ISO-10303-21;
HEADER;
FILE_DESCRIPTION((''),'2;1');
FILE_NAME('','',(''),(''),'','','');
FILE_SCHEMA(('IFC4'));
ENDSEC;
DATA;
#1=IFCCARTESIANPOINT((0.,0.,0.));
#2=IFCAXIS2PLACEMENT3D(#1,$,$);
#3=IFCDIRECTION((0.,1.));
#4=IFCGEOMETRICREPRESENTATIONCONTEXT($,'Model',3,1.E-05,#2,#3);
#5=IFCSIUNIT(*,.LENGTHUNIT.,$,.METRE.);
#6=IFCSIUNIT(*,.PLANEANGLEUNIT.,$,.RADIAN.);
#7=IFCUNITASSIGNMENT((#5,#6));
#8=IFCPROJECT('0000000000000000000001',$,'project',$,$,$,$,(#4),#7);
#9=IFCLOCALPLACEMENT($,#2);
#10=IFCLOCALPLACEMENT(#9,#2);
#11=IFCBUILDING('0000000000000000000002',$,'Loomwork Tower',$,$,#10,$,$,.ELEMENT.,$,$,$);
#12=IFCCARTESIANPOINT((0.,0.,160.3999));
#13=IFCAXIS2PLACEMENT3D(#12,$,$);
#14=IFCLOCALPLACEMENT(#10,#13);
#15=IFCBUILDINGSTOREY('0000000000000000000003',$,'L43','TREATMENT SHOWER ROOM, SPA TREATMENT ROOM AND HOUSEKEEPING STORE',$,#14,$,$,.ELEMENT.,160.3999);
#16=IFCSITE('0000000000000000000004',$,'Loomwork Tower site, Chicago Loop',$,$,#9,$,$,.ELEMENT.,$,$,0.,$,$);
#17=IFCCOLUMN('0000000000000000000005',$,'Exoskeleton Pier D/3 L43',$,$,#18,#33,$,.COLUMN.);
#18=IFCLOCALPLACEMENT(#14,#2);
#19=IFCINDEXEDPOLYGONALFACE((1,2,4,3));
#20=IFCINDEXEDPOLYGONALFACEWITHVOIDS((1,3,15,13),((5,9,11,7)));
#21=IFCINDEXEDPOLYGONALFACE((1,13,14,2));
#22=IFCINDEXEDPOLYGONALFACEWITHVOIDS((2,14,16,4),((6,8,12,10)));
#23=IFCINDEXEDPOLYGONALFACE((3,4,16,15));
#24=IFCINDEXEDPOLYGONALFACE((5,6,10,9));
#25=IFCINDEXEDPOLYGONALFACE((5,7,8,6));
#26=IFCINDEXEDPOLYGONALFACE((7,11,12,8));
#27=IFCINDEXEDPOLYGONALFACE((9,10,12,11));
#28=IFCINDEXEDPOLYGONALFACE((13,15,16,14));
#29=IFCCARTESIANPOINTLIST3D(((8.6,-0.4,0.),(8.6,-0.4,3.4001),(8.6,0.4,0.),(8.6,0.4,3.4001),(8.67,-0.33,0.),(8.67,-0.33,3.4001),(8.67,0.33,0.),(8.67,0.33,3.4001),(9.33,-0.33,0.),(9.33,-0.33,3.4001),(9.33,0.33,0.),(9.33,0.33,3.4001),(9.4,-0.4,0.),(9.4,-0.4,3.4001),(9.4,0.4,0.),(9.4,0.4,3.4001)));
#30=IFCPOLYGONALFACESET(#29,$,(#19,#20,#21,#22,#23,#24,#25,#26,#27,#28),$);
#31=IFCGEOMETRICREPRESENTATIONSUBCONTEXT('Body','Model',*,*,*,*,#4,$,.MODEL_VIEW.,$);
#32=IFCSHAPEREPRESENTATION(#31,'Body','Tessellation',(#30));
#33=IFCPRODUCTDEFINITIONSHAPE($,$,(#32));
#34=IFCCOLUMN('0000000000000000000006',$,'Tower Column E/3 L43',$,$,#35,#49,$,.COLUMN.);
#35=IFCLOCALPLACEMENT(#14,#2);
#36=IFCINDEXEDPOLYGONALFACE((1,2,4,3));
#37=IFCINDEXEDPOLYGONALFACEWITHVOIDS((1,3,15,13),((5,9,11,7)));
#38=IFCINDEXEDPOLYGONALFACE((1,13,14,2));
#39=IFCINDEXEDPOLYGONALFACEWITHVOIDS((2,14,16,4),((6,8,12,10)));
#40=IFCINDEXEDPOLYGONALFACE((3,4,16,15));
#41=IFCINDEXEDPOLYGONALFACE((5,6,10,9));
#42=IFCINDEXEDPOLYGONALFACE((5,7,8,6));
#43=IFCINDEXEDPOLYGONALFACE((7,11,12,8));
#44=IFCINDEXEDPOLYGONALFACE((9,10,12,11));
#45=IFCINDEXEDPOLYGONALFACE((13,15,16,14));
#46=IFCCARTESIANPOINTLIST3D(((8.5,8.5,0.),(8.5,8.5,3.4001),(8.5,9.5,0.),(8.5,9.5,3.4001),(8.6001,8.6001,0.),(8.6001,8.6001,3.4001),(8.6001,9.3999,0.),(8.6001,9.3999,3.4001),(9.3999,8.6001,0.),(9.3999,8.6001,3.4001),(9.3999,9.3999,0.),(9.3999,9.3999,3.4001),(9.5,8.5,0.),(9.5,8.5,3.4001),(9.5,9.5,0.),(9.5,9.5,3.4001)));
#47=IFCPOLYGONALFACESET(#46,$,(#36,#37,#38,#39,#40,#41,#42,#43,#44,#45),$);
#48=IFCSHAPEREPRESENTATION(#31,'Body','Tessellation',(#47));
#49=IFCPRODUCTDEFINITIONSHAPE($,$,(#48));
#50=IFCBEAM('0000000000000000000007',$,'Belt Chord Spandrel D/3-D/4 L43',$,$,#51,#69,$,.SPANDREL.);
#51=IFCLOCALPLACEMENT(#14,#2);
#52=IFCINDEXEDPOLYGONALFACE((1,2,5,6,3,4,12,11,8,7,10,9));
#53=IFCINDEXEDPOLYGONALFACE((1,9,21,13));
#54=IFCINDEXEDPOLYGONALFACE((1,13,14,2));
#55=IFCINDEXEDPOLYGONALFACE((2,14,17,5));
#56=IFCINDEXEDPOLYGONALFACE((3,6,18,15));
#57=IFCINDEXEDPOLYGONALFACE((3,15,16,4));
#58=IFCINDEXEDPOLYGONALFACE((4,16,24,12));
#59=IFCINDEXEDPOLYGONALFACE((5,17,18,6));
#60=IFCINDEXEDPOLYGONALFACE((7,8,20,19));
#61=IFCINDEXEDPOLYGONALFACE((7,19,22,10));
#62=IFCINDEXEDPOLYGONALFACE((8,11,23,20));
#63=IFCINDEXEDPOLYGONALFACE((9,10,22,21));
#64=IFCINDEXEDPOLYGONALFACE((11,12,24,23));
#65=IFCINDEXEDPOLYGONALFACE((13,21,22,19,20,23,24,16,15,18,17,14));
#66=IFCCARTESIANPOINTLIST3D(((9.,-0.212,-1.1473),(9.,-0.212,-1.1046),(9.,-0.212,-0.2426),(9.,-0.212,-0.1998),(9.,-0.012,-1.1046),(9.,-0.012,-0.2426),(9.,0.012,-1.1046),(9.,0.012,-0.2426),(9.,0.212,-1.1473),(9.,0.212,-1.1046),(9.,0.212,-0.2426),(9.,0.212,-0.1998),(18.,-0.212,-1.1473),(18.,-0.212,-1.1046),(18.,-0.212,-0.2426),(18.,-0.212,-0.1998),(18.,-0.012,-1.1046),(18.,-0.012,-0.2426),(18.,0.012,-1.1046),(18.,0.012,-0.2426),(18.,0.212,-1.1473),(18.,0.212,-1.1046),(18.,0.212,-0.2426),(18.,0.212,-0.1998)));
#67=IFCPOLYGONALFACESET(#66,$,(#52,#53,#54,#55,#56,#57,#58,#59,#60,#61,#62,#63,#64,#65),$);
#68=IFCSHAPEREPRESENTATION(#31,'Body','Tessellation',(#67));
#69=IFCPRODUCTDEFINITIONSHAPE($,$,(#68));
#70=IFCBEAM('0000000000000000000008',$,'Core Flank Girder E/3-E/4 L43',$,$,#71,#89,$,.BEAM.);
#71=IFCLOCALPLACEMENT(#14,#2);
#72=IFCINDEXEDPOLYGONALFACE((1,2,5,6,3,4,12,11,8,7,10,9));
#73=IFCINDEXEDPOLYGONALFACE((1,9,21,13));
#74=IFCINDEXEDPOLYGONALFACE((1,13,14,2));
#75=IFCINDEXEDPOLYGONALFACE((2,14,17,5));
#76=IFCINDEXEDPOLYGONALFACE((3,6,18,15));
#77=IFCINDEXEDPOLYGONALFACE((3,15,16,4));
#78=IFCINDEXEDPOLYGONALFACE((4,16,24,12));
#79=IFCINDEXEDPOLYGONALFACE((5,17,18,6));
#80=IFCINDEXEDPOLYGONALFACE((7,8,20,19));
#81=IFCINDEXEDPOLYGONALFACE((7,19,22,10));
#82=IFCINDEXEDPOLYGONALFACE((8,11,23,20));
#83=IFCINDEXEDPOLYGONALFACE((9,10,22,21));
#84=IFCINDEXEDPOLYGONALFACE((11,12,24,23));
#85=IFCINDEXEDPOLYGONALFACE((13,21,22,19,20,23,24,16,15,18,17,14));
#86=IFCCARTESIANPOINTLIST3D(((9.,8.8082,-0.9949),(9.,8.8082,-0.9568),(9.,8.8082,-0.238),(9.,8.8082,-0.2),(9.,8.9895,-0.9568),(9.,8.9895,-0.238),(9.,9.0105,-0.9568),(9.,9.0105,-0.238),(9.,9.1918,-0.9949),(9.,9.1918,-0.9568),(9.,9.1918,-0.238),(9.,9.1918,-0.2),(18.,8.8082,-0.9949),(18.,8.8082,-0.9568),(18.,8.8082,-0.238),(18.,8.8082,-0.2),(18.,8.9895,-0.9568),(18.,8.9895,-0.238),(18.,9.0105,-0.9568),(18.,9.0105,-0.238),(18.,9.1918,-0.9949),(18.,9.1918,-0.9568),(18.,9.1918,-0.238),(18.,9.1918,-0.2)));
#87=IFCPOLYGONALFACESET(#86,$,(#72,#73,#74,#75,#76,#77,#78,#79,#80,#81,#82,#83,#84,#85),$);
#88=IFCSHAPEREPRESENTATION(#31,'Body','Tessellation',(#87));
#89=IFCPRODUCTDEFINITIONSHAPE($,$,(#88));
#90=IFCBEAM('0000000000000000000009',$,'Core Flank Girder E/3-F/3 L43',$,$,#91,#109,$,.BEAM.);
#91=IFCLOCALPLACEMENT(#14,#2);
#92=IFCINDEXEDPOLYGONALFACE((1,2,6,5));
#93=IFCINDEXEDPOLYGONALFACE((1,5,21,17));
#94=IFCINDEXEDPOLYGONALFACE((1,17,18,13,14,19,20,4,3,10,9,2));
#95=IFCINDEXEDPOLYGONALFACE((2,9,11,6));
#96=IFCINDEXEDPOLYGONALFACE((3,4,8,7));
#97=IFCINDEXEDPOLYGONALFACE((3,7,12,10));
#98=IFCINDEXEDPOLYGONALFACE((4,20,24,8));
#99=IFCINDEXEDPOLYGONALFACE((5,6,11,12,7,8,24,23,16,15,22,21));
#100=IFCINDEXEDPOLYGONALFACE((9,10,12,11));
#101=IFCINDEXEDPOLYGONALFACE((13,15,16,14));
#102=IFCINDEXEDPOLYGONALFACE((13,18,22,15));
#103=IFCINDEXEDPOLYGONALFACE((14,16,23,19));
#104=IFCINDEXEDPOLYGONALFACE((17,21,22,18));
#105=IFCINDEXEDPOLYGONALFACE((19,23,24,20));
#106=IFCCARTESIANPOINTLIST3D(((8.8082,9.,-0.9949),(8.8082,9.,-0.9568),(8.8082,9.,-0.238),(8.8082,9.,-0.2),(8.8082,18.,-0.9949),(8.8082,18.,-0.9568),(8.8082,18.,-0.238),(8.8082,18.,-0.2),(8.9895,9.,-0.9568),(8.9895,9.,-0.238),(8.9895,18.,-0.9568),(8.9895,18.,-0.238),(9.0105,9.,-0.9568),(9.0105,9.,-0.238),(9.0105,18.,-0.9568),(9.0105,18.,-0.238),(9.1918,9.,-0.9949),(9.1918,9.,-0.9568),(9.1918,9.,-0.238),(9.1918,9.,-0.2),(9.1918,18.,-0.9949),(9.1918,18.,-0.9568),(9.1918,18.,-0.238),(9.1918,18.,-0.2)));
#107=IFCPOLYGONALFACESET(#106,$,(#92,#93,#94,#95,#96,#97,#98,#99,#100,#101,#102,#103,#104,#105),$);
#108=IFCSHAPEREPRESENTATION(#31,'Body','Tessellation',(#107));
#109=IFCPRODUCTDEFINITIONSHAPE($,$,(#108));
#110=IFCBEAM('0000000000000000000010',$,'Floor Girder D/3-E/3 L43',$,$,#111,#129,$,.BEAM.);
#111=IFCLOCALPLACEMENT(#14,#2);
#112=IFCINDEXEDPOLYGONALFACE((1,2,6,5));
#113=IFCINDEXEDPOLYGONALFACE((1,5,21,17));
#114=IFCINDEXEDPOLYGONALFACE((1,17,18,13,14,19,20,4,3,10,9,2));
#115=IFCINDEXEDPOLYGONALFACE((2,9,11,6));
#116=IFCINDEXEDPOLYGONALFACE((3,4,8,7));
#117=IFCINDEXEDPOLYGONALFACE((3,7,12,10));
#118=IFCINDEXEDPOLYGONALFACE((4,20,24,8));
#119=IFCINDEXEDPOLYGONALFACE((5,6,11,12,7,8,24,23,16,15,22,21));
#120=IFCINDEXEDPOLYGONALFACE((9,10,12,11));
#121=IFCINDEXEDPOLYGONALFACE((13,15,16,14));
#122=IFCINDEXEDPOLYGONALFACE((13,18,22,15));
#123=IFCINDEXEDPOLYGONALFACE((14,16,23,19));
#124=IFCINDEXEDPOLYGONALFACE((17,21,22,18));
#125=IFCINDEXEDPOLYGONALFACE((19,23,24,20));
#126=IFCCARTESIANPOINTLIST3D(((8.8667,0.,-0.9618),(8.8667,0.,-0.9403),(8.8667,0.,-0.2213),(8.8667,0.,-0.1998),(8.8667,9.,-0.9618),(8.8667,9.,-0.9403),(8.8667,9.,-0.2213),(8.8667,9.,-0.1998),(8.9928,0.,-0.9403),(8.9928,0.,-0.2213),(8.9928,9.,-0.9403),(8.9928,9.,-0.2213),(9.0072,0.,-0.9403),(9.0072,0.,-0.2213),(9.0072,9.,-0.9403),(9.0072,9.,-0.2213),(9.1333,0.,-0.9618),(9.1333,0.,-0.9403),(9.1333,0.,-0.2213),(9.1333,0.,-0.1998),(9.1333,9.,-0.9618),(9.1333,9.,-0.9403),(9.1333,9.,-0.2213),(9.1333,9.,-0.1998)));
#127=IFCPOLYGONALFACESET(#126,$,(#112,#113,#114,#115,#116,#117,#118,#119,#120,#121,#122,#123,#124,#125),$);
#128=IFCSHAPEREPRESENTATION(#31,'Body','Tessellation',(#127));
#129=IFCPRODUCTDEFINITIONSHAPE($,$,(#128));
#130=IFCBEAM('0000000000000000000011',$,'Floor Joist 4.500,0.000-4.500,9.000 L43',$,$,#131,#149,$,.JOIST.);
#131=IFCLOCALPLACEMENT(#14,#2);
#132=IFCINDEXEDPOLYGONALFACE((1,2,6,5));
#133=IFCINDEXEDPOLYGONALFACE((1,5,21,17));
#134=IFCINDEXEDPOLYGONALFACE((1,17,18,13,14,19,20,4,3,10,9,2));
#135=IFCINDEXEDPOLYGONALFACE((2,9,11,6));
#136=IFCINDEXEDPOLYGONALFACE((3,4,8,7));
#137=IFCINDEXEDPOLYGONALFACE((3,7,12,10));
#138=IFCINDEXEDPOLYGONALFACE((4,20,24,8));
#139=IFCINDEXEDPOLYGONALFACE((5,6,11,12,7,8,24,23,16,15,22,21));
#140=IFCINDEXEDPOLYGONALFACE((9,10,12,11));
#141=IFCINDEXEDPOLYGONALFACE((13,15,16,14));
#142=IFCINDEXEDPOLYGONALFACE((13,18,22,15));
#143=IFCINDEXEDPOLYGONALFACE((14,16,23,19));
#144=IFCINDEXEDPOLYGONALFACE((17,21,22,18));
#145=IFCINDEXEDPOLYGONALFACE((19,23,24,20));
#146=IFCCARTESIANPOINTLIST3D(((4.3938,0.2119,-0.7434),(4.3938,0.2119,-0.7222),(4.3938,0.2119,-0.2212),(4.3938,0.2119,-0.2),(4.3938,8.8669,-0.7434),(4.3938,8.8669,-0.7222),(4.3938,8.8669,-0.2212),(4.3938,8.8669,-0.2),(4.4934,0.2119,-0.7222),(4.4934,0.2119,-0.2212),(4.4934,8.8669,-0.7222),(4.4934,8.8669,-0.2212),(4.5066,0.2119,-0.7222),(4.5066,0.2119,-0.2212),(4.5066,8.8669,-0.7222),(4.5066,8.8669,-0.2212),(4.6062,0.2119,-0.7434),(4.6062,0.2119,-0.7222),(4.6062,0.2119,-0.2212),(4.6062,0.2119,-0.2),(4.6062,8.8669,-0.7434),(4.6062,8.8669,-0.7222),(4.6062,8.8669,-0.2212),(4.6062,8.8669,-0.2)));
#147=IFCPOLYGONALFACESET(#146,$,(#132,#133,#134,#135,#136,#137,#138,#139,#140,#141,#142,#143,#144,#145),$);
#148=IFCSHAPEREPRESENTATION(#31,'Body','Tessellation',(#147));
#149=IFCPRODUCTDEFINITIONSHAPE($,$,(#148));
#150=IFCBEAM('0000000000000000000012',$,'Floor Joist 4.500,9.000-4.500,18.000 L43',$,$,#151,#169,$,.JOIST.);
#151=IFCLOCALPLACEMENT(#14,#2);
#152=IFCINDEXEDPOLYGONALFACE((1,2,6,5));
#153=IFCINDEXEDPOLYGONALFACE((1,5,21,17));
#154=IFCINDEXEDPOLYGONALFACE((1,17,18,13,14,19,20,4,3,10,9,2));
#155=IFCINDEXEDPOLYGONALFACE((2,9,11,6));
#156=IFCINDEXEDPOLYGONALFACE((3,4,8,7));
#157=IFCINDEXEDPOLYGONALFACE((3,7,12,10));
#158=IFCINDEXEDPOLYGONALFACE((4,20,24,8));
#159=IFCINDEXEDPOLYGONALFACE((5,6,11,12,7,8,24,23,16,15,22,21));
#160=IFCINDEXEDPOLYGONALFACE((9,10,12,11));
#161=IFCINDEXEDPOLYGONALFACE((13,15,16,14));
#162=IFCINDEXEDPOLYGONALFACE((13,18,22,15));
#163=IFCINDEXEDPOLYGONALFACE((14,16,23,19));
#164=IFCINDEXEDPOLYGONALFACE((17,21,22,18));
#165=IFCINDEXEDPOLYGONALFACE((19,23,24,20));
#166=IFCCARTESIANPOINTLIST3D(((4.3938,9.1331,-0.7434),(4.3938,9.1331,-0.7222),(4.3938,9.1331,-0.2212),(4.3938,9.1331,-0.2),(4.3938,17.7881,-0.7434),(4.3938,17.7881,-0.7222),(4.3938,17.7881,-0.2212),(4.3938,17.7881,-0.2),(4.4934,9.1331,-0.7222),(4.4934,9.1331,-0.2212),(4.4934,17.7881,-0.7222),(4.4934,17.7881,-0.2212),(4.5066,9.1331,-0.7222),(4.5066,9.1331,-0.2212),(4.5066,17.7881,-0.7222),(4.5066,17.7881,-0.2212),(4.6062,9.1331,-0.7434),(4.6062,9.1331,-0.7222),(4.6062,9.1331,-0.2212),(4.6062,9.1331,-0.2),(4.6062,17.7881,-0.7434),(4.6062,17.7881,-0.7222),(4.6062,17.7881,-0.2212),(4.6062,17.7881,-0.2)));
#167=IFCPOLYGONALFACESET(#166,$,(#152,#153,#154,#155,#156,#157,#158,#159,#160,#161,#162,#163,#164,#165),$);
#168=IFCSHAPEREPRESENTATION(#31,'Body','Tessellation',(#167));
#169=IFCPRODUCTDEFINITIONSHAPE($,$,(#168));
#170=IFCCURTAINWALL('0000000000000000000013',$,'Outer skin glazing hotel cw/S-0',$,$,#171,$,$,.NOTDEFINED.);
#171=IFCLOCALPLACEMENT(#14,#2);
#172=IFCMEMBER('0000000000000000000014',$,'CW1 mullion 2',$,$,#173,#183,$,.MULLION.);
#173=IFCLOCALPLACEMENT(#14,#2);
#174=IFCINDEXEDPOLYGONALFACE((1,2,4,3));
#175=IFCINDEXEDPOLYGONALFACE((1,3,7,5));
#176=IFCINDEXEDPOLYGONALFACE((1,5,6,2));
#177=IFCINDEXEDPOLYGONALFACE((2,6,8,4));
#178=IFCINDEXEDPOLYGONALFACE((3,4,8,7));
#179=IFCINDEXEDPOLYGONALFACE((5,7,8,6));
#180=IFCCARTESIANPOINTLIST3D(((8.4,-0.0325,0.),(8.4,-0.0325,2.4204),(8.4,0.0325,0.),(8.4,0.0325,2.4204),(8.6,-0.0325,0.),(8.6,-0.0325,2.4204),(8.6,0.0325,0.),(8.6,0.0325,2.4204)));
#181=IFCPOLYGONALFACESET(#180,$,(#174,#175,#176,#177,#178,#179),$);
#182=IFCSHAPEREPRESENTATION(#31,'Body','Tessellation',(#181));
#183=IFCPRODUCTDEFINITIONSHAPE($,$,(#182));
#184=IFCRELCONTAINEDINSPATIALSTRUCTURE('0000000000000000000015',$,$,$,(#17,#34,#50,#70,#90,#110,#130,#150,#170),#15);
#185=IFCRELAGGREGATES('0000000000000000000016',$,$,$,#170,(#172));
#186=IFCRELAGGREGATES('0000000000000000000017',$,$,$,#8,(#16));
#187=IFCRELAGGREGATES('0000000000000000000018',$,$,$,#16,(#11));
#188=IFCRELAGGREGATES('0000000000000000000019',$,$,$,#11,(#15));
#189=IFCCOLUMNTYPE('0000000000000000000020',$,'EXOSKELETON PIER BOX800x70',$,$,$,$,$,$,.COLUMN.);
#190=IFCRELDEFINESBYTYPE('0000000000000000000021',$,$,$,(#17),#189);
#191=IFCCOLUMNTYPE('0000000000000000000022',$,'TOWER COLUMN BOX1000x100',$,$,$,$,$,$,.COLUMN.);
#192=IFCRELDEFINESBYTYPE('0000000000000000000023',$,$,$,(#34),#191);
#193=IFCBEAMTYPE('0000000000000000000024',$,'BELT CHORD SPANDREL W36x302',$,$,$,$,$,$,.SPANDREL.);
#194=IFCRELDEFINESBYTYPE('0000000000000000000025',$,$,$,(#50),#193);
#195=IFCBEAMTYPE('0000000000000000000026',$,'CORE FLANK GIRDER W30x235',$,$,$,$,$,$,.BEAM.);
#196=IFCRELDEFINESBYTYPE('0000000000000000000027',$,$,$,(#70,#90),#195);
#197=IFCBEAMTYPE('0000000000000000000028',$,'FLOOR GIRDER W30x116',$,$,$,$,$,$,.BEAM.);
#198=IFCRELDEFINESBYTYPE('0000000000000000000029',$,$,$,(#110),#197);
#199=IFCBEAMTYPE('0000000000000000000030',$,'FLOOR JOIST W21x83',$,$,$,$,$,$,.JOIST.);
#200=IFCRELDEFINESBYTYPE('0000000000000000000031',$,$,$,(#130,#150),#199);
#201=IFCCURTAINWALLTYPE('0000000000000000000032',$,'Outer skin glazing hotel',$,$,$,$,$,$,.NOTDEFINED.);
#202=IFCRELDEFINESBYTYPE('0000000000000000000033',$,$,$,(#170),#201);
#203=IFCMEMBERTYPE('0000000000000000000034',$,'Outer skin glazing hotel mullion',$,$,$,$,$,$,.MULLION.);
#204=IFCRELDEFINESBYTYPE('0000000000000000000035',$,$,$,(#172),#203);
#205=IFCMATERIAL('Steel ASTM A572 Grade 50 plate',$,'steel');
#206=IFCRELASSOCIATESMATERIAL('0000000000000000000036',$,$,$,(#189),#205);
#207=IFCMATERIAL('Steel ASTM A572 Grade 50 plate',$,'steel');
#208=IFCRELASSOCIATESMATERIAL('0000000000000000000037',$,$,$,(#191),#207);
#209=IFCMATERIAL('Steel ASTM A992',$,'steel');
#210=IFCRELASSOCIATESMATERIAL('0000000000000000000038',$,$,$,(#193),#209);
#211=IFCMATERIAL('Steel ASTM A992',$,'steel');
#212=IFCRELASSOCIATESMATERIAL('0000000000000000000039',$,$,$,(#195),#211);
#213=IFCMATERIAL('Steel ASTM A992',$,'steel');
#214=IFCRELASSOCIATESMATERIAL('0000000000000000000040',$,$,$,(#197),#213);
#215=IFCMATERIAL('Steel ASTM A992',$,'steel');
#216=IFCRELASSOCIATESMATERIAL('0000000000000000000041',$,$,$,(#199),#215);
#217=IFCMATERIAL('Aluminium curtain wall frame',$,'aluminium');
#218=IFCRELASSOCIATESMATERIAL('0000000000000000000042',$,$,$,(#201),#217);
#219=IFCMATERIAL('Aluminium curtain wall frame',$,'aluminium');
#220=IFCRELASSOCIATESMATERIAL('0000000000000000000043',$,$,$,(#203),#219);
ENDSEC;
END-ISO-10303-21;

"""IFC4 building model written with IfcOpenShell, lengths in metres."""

from ifc_helpers import new_model, si_unit, direction, frame, origin, origin_2d, place, context, subcontext, project, spatial, rectangle, hollow_rectangle, i_section, extrude, material, material_profile, profile_set, type_object, element, aggregate, save


model = new_model("IFC4")

# Units and contexts
model_context = context("Model", 3, precision=1e-05, world=origin(), true_north=direction((0.0, 1.0)))
body_context = subcontext(model_context, "Body", "Model", "MODEL_VIEW")
ifc_project = project(units=[si_unit("LENGTHUNIT", "METRE"), si_unit("PLANEANGLEUNIT", "RADIAN")], contexts=[model_context])

# Site, building, storey
site_placement = place(None, origin())
site = spatial("IfcSite", under=ifc_project, at=site_placement, Name="Loomwork Tower site, Chicago Loop", CompositionType="ELEMENT", RefElevation=0.0)
building_placement = place(site_placement, origin())
building = spatial("IfcBuilding", under=site, at=building_placement, Name="Loomwork Tower", CompositionType="ELEMENT")
storey_placement = place(building_placement, frame((0.0, 0.0, 160.3999)))
storey = spatial("IfcBuildingStorey", under=building, at=storey_placement, Name="L43", Description="TREATMENT SHOWER ROOM, SPA TREATMENT ROOM AND HOUSEKEEPING STORE", CompositionType="ELEMENT", Elevation=160.3999)

# Columns
ifc_material_1 = material(Name="Steel ASTM A572 Grade 50 plate", Category="steel")
ifc_material_profile_1 = material_profile(ifc_material_1, hollow_rectangle(XDim=0.8, YDim=0.8, WallThickness=0.0701, at=origin_2d()), Name="BOX800x70")
ifc_profile_set_1 = profile_set([ifc_material_profile_1], Name="Steel ASTM A572 Grade 50 plate")
column_type_1 = type_object("IfcColumnType", Name="EXOSKELETON PIER BOX800x70", PredefinedType="COLUMN", material=ifc_profile_set_1)
column_1_placement = place(storey_placement, frame((9.0, 0.0, 0.0), z_axis=(0.0, 0.0, 1.0), x_axis=(1.0, 0.0, 0.0)))
element("IfcColumn", 1, at=column_1_placement, inside=storey, type_object=column_type_1, Name="Exoskeleton Pier D/3 L43", PredefinedType="COLUMN", context=body_context, shape_type="SweptSolid", body=[
    extrude(hollow_rectangle(XDim=0.8, YDim=0.8, WallThickness=0.0701, at=origin_2d()), origin(), (0.0, 0.0, 1.0), 3.4001),
])
ifc_material_2 = material(Name="Steel ASTM A572 Grade 50 plate", Category="steel")
ifc_material_profile_2 = material_profile(ifc_material_2, hollow_rectangle(XDim=1.0, YDim=1.0, WallThickness=0.1001, at=origin_2d()), Name="BOX1000x100")
ifc_profile_set_2 = profile_set([ifc_material_profile_2], Name="Steel ASTM A572 Grade 50 plate")
column_type_2 = type_object("IfcColumnType", Name="TOWER COLUMN BOX1000x100", PredefinedType="COLUMN", material=ifc_profile_set_2)
column_2_placement = place(storey_placement, frame((9.0, 9.0, 0.0), z_axis=(0.0, 0.0, 1.0), x_axis=(1.0, 0.0, 0.0)))
element("IfcColumn", 2, at=column_2_placement, inside=storey, type_object=column_type_2, Name="Tower Column E/3 L43", PredefinedType="COLUMN", context=body_context, shape_type="SweptSolid", body=[
    extrude(hollow_rectangle(XDim=1.0, YDim=1.0, WallThickness=0.1001, at=origin_2d()), origin(), (0.0, 0.0, 1.0), 3.4001),
])

# Beams
ifc_material_3 = material(Name="Steel ASTM A992", Category="steel")
ifc_material_profile_3 = material_profile(ifc_material_3, i_section(OverallWidth=0.4241, OverallDepth=0.9475, WebThickness=0.0239, FlangeThickness=0.0427, at=origin_2d()), Name="W36x302")
ifc_profile_set_3 = profile_set([ifc_material_profile_3], Name="Steel ASTM A992")
beam_type_1 = type_object("IfcBeamType", Name="BELT CHORD SPANDREL W36x302", PredefinedType="SPANDREL", material=ifc_profile_set_3)
beam_1_placement = place(storey_placement, frame((9.0, 0.0, -0.6736), z_axis=(1.0, 0.0, 0.0), x_axis=(0.0, 1.0, 0.0)))
element("IfcBeam", 3, at=beam_1_placement, inside=storey, type_object=beam_type_1, Name="Belt Chord Spandrel D/3-D/4 L43", PredefinedType="SPANDREL", context=body_context, shape_type="SweptSolid", body=[
    extrude(i_section(OverallWidth=0.4241, OverallDepth=0.9475, WebThickness=0.0239, FlangeThickness=0.0427, at=origin_2d()), origin(), (0.0, 0.0, 1.0), 9.0),
])
ifc_material_4 = material(Name="Steel ASTM A992", Category="steel")
ifc_material_profile_4 = material_profile(ifc_material_4, i_section(OverallWidth=0.3835, OverallDepth=0.7949, WebThickness=0.021, FlangeThickness=0.0381, at=origin_2d()), Name="W30x235")
ifc_profile_set_4 = profile_set([ifc_material_profile_4], Name="Steel ASTM A992")
beam_type_2 = type_object("IfcBeamType", Name="CORE FLANK GIRDER W30x235", PredefinedType="BEAM", material=ifc_profile_set_4)
for number, where, z_axis, x_axis, name in (
    (4, (9.0, 9.0, -0.5974), (1.0, 0.0, 0.0), (0.0, 1.0, 0.0), "Core Flank Girder E/3-E/4 L43"),
    (5, (9.0, 9.0, -0.5974), (0.0, 1.0, 0.0), (-1.0, 0.0, 0.0), "Core Flank Girder E/3-F/3 L43"),
):
    element("IfcBeam", number, at=place(storey_placement, frame(where, z_axis=z_axis, x_axis=x_axis)), inside=storey, type_object=beam_type_2, Name=name, PredefinedType="BEAM", context=body_context, shape_type="SweptSolid", body=[
        extrude(i_section(OverallWidth=0.3835, OverallDepth=0.7949, WebThickness=0.021, FlangeThickness=0.0381, at=origin_2d()), origin(), (0.0, 0.0, 1.0), 9.0),
    ])
ifc_material_5 = material(Name="Steel ASTM A992", Category="steel")
ifc_material_profile_5 = material_profile(ifc_material_5, i_section(OverallWidth=0.2666, OverallDepth=0.762, WebThickness=0.0144, FlangeThickness=0.0215, at=origin_2d()), Name="W30x116")
ifc_profile_set_5 = profile_set([ifc_material_profile_5], Name="Steel ASTM A992")
beam_type_3 = type_object("IfcBeamType", Name="FLOOR GIRDER W30x116", PredefinedType="BEAM", material=ifc_profile_set_5)
beam_2_placement = place(storey_placement, frame((9.0, 0.0, -0.5808), z_axis=(0.0, 1.0, 0.0), x_axis=(-1.0, 0.0, 0.0)))
element("IfcBeam", 6, at=beam_2_placement, inside=storey, type_object=beam_type_3, Name="Floor Girder D/3-E/3 L43", PredefinedType="BEAM", context=body_context, shape_type="SweptSolid", body=[
    extrude(i_section(OverallWidth=0.2666, OverallDepth=0.762, WebThickness=0.0144, FlangeThickness=0.0215, at=origin_2d()), origin(), (0.0, 0.0, 1.0), 9.0),
])
ifc_material_6 = material(Name="Steel ASTM A992", Category="steel")
ifc_material_profile_6 = material_profile(ifc_material_6, i_section(OverallWidth=0.2124, OverallDepth=0.5435, WebThickness=0.0132, FlangeThickness=0.0212, at=origin_2d()), Name="W21x83")
ifc_profile_set_6 = profile_set([ifc_material_profile_6], Name="Steel ASTM A992")
beam_type_4 = type_object("IfcBeamType", Name="FLOOR JOIST W21x83", PredefinedType="JOIST", material=ifc_profile_set_6)
for number, where, z_axis, x_axis, name in (
    (7, (4.5, 0.2119, -0.4717), (0.0, 1.0, 0.0), (-1.0, 0.0, 0.0), "Floor Joist 4.500,0.000-4.500,9.000 L43"),
    (8, (4.5, 9.1331, -0.4717), (0.0, 1.0, 0.0), (-1.0, 0.0, 0.0), "Floor Joist 4.500,9.000-4.500,18.000 L43"),
):
    element("IfcBeam", number, at=place(storey_placement, frame(where, z_axis=z_axis, x_axis=x_axis)), inside=storey, type_object=beam_type_4, Name=name, PredefinedType="JOIST", context=body_context, shape_type="SweptSolid", body=[
        extrude(i_section(OverallWidth=0.2124, OverallDepth=0.5435, WebThickness=0.0132, FlangeThickness=0.0212, at=origin_2d()), origin(), (0.0, 0.0, 1.0), 8.655),
    ])

# Curtain wall, member
ifc_material_7 = material(Name="Aluminium curtain wall frame", Category="aluminium")
curtain_wall_type = type_object("IfcCurtainWallType", Name="Outer skin glazing hotel", PredefinedType="NOTDEFINED", material=ifc_material_7)
curtain_wall_1_placement = place(storey_placement, origin())
curtain_wall_1 = element("IfcCurtainWall", 9, at=curtain_wall_1_placement, inside=storey, type_object=curtain_wall_type, Name="Outer skin glazing hotel cw/S-0", PredefinedType="NOTDEFINED")
ifc_material_8 = material(Name="Aluminium curtain wall frame", Category="aluminium")
ifc_material_profile_7 = material_profile(ifc_material_8, rectangle(XDim=0.0649, YDim=0.2, at=origin_2d()), Name="AL 65x200")
ifc_profile_set_7 = profile_set([ifc_material_profile_7], Name="Aluminium curtain wall frame")
member_type = type_object("IfcMemberType", Name="Outer skin glazing hotel mullion", PredefinedType="MULLION", material=ifc_profile_set_7)
member_1_placement = place(storey_placement, frame((8.5, 0.0, 0.0), z_axis=(0.0, 0.0, 1.0), x_axis=(0.0, 1.0, 0.0)))
member_1 = element("IfcMember", 10, at=member_1_placement, type_object=member_type, Name="CW1 mullion 2", PredefinedType="MULLION", context=body_context, shape_type="SweptSolid", body=[
    extrude(rectangle(XDim=0.0649, YDim=0.2, at=origin_2d()), origin(), (0.0, 0.0, 1.0), 2.4204),
])

aggregate(curtain_wall_1, [member_1])

save(model, "model.ifc")
